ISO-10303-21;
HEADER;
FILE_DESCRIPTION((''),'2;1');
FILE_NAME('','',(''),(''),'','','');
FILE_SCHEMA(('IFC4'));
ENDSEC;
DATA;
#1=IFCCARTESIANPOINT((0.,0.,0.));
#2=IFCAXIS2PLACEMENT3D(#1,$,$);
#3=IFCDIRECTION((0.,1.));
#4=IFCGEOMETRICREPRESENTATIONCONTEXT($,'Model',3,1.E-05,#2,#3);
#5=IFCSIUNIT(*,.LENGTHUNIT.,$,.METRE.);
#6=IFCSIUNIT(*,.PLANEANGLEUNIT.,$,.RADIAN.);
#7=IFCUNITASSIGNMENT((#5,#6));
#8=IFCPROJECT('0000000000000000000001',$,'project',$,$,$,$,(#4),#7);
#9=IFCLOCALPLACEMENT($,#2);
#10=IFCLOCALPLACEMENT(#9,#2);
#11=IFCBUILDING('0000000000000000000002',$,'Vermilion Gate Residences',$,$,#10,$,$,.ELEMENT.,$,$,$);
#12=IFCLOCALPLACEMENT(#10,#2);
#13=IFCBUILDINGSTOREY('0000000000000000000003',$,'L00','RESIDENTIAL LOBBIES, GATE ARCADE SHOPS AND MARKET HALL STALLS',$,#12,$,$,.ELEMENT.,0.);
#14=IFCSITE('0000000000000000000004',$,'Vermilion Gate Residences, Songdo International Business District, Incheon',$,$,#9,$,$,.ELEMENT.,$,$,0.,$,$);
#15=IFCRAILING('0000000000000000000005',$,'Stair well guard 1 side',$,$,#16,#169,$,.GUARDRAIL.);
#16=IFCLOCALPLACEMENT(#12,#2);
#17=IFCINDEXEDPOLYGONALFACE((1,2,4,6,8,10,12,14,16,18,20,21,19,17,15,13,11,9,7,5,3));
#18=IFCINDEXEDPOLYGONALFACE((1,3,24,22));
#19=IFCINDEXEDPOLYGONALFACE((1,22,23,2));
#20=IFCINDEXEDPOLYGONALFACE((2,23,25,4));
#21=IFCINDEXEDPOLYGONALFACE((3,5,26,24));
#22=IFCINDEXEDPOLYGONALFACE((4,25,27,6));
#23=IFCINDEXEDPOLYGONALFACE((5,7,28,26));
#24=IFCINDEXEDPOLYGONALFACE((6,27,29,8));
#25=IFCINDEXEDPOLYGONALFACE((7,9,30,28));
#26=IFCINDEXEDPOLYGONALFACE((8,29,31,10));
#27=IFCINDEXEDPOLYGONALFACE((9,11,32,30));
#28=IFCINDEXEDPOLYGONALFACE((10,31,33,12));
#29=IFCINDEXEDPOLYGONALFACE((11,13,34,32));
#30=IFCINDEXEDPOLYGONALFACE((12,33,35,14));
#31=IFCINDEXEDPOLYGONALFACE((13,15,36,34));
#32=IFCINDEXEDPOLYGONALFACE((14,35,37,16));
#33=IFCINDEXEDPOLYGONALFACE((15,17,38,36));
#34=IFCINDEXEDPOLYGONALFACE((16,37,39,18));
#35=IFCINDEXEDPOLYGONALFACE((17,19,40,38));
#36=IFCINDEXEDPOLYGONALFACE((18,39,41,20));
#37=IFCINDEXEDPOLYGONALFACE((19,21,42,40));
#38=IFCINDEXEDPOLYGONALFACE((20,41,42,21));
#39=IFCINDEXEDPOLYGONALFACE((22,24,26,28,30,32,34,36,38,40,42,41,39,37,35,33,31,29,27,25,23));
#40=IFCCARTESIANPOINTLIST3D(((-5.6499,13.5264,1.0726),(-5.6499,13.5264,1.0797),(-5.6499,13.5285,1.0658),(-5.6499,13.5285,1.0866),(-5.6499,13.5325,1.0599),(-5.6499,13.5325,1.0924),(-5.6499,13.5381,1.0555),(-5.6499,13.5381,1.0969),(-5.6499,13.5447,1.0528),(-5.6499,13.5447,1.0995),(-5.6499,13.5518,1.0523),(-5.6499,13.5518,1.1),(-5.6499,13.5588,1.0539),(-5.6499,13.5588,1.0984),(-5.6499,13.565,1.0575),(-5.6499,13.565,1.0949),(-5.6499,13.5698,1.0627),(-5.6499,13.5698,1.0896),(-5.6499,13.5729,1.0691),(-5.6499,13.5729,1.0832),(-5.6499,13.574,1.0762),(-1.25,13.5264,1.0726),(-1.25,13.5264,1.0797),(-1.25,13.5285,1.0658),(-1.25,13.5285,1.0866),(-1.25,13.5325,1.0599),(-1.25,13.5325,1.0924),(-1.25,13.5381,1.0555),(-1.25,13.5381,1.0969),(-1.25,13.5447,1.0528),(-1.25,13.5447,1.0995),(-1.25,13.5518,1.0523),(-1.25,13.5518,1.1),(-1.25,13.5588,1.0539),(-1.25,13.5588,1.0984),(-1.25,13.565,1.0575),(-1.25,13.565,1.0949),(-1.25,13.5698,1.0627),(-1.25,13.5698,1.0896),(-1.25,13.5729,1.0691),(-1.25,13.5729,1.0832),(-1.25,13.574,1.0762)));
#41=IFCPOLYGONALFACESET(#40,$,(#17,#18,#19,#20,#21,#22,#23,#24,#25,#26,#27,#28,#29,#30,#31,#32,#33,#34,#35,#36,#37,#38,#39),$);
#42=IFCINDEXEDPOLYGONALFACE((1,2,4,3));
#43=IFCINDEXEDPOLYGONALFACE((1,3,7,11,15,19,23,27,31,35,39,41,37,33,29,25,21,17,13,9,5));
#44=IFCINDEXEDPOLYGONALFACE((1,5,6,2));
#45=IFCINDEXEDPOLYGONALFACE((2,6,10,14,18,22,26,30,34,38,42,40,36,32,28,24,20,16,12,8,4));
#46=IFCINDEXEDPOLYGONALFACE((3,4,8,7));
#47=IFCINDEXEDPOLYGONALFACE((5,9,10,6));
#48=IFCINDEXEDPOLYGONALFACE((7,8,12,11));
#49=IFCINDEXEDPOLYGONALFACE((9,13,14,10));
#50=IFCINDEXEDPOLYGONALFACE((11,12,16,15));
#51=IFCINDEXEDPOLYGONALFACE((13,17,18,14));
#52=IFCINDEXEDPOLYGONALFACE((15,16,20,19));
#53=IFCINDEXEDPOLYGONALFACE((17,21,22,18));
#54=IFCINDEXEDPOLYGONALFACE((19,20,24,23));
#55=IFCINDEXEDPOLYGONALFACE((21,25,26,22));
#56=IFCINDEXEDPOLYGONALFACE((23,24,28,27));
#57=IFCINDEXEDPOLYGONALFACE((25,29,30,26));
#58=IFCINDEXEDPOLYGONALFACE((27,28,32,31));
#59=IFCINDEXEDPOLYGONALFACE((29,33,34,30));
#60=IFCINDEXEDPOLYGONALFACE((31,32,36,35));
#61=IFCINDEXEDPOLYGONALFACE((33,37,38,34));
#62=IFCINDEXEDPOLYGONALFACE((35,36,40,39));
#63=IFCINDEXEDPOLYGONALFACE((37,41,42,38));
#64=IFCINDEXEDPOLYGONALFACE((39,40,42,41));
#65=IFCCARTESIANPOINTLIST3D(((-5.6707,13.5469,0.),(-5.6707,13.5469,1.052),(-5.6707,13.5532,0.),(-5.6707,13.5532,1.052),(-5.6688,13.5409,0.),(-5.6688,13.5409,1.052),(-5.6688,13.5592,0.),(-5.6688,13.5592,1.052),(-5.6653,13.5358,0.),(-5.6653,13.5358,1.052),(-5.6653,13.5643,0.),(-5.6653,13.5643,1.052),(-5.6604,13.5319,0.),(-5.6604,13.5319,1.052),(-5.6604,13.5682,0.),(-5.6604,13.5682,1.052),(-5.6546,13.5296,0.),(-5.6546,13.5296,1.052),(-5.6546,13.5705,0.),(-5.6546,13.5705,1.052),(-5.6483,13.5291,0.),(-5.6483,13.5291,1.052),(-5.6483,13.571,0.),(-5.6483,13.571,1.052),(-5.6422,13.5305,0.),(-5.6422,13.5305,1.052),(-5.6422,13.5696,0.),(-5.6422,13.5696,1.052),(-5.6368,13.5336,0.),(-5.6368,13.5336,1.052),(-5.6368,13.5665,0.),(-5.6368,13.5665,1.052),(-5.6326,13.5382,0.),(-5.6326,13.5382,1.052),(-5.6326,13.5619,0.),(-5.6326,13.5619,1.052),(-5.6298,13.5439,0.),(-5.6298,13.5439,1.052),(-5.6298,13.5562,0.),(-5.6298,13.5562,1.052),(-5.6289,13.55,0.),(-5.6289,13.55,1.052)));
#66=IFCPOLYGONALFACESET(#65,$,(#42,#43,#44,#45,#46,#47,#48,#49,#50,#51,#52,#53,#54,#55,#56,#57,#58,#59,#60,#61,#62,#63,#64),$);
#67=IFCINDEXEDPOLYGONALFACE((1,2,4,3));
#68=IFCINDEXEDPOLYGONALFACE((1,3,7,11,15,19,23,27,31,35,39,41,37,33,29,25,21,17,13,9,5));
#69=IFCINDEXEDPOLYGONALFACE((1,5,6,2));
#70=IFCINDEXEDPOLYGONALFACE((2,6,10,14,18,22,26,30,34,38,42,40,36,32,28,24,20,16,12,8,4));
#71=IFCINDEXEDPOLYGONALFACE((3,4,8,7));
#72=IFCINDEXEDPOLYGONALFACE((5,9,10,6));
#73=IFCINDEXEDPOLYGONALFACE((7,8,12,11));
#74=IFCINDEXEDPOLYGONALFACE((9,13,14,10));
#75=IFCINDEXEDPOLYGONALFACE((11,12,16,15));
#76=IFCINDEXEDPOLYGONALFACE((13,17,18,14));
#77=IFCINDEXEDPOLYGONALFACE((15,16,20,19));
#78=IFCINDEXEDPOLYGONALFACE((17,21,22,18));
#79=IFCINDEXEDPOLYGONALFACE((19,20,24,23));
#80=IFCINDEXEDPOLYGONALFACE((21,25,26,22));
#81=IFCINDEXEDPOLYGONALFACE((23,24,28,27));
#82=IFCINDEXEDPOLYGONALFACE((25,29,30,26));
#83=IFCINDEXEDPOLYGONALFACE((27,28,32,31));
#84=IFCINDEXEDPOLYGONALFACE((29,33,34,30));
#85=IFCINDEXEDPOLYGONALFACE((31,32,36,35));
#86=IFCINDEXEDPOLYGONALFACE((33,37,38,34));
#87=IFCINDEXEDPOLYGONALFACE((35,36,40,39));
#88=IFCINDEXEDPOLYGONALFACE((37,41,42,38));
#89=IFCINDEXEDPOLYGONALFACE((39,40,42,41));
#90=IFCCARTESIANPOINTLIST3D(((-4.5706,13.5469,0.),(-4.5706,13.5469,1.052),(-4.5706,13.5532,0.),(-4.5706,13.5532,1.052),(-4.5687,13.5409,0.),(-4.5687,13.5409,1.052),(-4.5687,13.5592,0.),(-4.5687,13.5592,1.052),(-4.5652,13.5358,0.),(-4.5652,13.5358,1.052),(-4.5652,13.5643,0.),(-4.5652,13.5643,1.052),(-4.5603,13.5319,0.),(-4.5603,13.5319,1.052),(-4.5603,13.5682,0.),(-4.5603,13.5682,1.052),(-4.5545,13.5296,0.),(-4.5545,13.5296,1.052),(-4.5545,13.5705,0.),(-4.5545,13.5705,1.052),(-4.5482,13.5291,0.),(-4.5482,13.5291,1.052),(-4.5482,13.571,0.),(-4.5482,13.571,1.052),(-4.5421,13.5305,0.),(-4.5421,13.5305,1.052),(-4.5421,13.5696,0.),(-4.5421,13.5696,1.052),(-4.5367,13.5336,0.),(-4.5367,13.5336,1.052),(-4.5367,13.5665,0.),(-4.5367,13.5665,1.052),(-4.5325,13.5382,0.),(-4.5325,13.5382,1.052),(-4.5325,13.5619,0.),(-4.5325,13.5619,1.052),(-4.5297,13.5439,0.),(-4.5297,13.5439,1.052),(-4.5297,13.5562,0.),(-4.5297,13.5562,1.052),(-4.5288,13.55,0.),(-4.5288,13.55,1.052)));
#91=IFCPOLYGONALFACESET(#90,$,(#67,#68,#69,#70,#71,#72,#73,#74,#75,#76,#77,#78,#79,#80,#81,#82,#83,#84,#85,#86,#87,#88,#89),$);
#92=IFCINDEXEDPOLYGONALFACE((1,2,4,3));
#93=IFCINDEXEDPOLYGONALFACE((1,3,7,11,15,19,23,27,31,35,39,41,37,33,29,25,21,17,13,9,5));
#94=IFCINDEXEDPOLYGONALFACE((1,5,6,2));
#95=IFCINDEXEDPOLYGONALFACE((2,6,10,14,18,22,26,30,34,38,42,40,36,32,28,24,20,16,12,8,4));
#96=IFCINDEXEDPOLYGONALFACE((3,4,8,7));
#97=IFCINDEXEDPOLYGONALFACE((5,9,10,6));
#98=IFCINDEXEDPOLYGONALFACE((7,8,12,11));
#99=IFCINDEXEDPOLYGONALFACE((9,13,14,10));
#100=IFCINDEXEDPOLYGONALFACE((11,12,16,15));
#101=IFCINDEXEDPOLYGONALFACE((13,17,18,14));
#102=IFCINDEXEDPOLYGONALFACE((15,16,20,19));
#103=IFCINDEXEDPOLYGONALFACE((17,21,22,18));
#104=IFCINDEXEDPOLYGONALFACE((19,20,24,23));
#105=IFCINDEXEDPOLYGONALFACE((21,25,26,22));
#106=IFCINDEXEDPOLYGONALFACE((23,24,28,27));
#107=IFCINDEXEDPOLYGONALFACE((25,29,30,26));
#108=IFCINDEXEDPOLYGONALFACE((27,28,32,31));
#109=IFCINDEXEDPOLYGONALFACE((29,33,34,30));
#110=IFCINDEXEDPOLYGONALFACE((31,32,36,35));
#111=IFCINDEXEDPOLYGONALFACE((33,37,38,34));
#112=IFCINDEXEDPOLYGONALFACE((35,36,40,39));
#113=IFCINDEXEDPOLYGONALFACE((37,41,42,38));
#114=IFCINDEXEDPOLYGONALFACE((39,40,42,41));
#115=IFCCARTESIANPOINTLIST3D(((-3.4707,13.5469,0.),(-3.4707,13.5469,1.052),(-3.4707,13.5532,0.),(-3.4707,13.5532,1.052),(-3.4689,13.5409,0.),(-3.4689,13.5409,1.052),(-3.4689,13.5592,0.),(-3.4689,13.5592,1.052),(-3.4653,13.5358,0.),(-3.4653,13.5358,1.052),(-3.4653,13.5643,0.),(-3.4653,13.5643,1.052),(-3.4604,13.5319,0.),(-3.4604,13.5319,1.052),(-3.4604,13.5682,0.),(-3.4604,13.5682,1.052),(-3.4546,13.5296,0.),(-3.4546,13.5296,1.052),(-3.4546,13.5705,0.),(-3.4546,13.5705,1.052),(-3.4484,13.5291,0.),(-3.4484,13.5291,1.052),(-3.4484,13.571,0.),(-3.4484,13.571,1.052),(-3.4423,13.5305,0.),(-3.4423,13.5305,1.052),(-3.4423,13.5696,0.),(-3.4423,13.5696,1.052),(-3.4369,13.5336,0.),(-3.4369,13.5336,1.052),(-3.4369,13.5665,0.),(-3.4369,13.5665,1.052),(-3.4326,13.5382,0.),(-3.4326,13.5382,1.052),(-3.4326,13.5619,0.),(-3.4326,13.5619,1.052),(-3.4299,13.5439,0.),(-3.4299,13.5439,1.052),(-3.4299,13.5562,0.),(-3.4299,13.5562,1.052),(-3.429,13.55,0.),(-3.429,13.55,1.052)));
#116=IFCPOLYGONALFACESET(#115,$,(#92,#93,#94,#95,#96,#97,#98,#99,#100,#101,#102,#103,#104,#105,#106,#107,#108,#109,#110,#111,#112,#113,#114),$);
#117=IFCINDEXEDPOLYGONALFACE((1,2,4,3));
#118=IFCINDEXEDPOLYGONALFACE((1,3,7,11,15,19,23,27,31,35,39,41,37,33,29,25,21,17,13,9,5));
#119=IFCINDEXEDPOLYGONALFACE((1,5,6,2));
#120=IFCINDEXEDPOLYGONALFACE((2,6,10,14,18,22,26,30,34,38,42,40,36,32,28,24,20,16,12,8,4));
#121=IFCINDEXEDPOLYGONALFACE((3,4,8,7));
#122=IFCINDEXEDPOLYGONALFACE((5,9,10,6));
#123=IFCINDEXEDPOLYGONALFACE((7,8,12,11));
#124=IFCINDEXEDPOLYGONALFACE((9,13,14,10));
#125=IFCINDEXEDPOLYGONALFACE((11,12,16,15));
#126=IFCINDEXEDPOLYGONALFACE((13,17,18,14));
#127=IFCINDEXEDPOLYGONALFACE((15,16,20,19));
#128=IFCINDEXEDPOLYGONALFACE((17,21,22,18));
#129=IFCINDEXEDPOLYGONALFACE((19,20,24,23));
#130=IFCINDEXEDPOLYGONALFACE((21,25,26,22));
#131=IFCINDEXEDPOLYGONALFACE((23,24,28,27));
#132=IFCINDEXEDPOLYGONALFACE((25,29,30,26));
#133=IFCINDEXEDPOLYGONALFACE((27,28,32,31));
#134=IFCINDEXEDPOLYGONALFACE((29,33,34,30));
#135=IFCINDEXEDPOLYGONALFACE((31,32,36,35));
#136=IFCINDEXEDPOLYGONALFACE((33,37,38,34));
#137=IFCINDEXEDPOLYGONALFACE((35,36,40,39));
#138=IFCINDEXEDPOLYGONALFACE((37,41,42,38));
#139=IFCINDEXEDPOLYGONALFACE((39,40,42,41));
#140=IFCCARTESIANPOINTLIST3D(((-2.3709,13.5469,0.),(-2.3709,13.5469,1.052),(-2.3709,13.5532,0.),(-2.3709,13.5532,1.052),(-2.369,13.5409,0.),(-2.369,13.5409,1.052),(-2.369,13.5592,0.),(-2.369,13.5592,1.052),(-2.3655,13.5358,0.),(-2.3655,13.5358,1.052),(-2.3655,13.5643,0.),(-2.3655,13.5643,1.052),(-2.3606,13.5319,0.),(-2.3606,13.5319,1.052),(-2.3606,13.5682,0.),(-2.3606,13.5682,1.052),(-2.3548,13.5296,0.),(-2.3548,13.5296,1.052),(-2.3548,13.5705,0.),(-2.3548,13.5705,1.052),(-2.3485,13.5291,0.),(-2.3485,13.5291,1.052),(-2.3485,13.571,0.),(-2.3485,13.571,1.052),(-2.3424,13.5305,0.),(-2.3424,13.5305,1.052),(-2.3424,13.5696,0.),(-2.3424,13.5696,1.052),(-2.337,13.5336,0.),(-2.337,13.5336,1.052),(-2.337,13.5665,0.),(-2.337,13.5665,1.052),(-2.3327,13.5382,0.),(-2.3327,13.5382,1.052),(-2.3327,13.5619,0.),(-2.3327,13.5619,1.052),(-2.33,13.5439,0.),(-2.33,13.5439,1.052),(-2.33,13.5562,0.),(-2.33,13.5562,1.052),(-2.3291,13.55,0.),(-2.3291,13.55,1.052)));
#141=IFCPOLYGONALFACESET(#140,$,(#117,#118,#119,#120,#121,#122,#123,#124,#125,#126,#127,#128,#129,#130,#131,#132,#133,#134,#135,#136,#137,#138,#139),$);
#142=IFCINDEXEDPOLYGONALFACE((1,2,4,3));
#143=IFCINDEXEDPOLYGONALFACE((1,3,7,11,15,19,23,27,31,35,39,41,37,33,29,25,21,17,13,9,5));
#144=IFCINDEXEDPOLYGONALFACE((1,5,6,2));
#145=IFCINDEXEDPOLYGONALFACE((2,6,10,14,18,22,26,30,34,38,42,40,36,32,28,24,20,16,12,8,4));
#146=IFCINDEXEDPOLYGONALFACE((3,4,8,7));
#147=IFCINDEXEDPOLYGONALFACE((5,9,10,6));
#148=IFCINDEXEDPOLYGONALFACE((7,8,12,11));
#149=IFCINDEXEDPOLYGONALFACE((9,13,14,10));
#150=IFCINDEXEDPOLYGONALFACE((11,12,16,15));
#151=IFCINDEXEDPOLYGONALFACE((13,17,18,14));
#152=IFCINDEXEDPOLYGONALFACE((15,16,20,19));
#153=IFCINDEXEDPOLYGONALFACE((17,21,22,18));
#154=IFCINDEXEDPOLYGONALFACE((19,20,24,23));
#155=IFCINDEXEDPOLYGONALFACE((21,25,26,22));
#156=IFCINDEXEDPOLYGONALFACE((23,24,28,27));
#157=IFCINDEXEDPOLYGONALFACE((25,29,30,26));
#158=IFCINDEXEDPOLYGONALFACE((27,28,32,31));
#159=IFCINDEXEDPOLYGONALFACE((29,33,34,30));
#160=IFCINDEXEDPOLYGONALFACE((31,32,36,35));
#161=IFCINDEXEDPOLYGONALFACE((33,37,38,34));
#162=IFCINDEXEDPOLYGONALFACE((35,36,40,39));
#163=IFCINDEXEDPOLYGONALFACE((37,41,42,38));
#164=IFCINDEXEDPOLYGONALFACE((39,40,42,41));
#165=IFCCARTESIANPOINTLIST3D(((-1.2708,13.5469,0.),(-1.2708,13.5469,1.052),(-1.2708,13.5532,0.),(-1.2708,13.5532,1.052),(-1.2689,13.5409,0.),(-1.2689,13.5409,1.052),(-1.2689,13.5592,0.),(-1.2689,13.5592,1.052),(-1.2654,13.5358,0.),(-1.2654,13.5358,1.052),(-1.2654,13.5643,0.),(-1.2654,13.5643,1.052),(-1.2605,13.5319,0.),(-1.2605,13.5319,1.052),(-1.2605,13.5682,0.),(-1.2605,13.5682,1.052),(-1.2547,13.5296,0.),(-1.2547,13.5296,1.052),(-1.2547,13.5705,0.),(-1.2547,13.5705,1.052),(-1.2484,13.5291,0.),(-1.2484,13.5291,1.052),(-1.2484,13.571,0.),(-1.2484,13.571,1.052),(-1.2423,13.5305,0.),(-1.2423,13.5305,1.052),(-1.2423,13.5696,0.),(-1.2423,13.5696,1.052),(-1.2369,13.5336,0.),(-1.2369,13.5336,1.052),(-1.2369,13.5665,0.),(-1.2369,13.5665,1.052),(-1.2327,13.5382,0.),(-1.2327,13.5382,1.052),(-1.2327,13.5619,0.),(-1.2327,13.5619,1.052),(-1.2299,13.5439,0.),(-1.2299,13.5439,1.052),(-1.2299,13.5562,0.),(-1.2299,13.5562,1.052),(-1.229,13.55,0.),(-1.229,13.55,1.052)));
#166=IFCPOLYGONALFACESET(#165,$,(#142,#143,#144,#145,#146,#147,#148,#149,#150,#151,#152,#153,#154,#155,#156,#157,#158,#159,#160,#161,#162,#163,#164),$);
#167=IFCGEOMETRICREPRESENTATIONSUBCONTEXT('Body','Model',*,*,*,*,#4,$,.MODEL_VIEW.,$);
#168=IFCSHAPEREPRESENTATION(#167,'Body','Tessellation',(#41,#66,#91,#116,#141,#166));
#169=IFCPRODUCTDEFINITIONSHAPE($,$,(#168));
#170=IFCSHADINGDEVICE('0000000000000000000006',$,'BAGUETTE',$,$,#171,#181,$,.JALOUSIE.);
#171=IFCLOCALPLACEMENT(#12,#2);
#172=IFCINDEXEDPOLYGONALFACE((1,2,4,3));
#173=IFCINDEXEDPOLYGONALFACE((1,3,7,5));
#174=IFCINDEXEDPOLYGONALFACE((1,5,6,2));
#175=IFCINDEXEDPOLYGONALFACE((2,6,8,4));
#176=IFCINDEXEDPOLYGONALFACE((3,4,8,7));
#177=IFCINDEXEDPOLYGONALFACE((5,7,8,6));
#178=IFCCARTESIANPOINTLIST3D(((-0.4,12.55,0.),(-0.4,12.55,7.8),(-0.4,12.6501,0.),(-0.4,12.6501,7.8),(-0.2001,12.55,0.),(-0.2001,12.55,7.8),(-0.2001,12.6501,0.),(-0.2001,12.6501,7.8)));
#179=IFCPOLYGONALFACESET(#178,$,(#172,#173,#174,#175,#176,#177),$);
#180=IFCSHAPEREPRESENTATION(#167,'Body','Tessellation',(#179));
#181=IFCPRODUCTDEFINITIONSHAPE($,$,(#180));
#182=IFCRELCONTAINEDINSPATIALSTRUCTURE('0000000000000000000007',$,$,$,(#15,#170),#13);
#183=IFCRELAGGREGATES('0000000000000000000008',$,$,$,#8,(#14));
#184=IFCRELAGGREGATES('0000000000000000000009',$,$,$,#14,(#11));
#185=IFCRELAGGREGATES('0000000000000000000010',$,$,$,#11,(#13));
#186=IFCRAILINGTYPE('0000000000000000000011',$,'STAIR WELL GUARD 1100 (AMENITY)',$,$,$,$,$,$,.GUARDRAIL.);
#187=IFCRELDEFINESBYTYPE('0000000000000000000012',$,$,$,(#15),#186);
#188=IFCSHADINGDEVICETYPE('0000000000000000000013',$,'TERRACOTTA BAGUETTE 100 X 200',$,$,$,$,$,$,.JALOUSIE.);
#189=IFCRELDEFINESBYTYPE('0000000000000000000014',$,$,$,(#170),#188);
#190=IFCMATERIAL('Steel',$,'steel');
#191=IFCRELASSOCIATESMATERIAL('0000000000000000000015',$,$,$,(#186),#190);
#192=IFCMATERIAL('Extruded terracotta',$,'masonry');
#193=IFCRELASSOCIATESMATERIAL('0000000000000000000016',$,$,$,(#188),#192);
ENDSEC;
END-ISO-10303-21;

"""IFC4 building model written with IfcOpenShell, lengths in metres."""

from ifc_helpers import new_model, si_unit, direction, frame, origin, origin_2d, place, context, subcontext, project, spatial, rectangle, circle, extrude, material, material_profile, profile_set, type_object, element, save


model = new_model("IFC4")

# Units and contexts
model_context = context("Model", 3, precision=1e-05, world=origin(), true_north=direction((0.0, 1.0)))
body_context = subcontext(model_context, "Body", "Model", "MODEL_VIEW")
ifc_project = project(units=[si_unit("LENGTHUNIT", "METRE"), si_unit("PLANEANGLEUNIT", "RADIAN")], contexts=[model_context])

# Site, building, storey
site_placement = place(None, origin())
site = spatial("IfcSite", under=ifc_project, at=site_placement, Name="Vermilion Gate Residences, Songdo International Business District, Incheon", CompositionType="ELEMENT", RefElevation=0.0)
building_placement = place(site_placement, origin())
building = spatial("IfcBuilding", under=site, at=building_placement, Name="Vermilion Gate Residences", CompositionType="ELEMENT")
storey_placement = place(building_placement, origin())
storey = spatial("IfcBuildingStorey", under=building, at=storey_placement, Name="L00", Description="RESIDENTIAL LOBBIES, GATE ARCADE SHOPS AND MARKET HALL STALLS", CompositionType="ELEMENT", Elevation=0.0)

# Railing
ifc_material_1 = material(Name="Steel", Category="steel")
railing_type = type_object("IfcRailingType", Name="STAIR WELL GUARD 1100 (AMENITY)", PredefinedType="GUARDRAIL", material=ifc_material_1)
railing_1_placement = place(storey_placement, frame((-5.6499, 13.55, 0.0)))
element("IfcRailing", 1, at=railing_1_placement, inside=storey, type_object=railing_type, Name="Stair well guard 1 side", PredefinedType="GUARDRAIL", context=body_context, shape_type="SweptSolid", body=[
    extrude(circle(Radius=0.0239, at=origin_2d()), frame((0.0, 0.0, 1.0762), z_axis=(1.0, 0.0, 0.0), x_axis=(0.0, 1.0, 0.0)), (0.0, 0.0, 1.0), 4.3999),
    extrude(circle(Radius=0.021, at=origin_2d()), origin(), (0.0, 0.0, 1.0), 1.052),
    extrude(circle(Radius=0.021, at=origin_2d()), frame((1.1001, 0.0, 0.0)), (0.0, 0.0, 1.0), 1.052),
    extrude(circle(Radius=0.021, at=origin_2d()), frame((2.2, 0.0, 0.0)), (0.0, 0.0, 1.0), 1.052),
    extrude(circle(Radius=0.021, at=origin_2d()), frame((3.2998, 0.0, 0.0)), (0.0, 0.0, 1.0), 1.052),
    extrude(circle(Radius=0.021, at=origin_2d()), frame((4.3999, 0.0, 0.0)), (0.0, 0.0, 1.0), 1.052),
])

# Shading device
ifc_material_2 = material(Name="Extruded terracotta", Category="masonry")
ifc_material_profile_1 = material_profile(ifc_material_2, rectangle(XDim=0.2, YDim=0.1001, at=origin_2d()), Name="BAGUETTE 100 X 200")
ifc_profile_set_1 = profile_set([ifc_material_profile_1], Name="Extruded terracotta")
shading_device_type = type_object("IfcShadingDeviceType", Name="TERRACOTTA BAGUETTE 100 X 200", PredefinedType="JALOUSIE", material=ifc_profile_set_1)
shading_device_placement = place(storey_placement, frame((-0.3, 12.6001, 0.0), z_axis=(0.0, 0.0, 1.0), x_axis=(1.0, 0.0, 0.0)))
element("IfcShadingDevice", 2, at=shading_device_placement, inside=storey, type_object=shading_device_type, Name="BAGUETTE", PredefinedType="JALOUSIE", context=body_context, shape_type="SweptSolid", body=[
    extrude(rectangle(XDim=0.2, YDim=0.1001, at=origin_2d()), origin(), (0.0, 0.0, 1.0), 7.8),
])

save(model, "model.ifc")
